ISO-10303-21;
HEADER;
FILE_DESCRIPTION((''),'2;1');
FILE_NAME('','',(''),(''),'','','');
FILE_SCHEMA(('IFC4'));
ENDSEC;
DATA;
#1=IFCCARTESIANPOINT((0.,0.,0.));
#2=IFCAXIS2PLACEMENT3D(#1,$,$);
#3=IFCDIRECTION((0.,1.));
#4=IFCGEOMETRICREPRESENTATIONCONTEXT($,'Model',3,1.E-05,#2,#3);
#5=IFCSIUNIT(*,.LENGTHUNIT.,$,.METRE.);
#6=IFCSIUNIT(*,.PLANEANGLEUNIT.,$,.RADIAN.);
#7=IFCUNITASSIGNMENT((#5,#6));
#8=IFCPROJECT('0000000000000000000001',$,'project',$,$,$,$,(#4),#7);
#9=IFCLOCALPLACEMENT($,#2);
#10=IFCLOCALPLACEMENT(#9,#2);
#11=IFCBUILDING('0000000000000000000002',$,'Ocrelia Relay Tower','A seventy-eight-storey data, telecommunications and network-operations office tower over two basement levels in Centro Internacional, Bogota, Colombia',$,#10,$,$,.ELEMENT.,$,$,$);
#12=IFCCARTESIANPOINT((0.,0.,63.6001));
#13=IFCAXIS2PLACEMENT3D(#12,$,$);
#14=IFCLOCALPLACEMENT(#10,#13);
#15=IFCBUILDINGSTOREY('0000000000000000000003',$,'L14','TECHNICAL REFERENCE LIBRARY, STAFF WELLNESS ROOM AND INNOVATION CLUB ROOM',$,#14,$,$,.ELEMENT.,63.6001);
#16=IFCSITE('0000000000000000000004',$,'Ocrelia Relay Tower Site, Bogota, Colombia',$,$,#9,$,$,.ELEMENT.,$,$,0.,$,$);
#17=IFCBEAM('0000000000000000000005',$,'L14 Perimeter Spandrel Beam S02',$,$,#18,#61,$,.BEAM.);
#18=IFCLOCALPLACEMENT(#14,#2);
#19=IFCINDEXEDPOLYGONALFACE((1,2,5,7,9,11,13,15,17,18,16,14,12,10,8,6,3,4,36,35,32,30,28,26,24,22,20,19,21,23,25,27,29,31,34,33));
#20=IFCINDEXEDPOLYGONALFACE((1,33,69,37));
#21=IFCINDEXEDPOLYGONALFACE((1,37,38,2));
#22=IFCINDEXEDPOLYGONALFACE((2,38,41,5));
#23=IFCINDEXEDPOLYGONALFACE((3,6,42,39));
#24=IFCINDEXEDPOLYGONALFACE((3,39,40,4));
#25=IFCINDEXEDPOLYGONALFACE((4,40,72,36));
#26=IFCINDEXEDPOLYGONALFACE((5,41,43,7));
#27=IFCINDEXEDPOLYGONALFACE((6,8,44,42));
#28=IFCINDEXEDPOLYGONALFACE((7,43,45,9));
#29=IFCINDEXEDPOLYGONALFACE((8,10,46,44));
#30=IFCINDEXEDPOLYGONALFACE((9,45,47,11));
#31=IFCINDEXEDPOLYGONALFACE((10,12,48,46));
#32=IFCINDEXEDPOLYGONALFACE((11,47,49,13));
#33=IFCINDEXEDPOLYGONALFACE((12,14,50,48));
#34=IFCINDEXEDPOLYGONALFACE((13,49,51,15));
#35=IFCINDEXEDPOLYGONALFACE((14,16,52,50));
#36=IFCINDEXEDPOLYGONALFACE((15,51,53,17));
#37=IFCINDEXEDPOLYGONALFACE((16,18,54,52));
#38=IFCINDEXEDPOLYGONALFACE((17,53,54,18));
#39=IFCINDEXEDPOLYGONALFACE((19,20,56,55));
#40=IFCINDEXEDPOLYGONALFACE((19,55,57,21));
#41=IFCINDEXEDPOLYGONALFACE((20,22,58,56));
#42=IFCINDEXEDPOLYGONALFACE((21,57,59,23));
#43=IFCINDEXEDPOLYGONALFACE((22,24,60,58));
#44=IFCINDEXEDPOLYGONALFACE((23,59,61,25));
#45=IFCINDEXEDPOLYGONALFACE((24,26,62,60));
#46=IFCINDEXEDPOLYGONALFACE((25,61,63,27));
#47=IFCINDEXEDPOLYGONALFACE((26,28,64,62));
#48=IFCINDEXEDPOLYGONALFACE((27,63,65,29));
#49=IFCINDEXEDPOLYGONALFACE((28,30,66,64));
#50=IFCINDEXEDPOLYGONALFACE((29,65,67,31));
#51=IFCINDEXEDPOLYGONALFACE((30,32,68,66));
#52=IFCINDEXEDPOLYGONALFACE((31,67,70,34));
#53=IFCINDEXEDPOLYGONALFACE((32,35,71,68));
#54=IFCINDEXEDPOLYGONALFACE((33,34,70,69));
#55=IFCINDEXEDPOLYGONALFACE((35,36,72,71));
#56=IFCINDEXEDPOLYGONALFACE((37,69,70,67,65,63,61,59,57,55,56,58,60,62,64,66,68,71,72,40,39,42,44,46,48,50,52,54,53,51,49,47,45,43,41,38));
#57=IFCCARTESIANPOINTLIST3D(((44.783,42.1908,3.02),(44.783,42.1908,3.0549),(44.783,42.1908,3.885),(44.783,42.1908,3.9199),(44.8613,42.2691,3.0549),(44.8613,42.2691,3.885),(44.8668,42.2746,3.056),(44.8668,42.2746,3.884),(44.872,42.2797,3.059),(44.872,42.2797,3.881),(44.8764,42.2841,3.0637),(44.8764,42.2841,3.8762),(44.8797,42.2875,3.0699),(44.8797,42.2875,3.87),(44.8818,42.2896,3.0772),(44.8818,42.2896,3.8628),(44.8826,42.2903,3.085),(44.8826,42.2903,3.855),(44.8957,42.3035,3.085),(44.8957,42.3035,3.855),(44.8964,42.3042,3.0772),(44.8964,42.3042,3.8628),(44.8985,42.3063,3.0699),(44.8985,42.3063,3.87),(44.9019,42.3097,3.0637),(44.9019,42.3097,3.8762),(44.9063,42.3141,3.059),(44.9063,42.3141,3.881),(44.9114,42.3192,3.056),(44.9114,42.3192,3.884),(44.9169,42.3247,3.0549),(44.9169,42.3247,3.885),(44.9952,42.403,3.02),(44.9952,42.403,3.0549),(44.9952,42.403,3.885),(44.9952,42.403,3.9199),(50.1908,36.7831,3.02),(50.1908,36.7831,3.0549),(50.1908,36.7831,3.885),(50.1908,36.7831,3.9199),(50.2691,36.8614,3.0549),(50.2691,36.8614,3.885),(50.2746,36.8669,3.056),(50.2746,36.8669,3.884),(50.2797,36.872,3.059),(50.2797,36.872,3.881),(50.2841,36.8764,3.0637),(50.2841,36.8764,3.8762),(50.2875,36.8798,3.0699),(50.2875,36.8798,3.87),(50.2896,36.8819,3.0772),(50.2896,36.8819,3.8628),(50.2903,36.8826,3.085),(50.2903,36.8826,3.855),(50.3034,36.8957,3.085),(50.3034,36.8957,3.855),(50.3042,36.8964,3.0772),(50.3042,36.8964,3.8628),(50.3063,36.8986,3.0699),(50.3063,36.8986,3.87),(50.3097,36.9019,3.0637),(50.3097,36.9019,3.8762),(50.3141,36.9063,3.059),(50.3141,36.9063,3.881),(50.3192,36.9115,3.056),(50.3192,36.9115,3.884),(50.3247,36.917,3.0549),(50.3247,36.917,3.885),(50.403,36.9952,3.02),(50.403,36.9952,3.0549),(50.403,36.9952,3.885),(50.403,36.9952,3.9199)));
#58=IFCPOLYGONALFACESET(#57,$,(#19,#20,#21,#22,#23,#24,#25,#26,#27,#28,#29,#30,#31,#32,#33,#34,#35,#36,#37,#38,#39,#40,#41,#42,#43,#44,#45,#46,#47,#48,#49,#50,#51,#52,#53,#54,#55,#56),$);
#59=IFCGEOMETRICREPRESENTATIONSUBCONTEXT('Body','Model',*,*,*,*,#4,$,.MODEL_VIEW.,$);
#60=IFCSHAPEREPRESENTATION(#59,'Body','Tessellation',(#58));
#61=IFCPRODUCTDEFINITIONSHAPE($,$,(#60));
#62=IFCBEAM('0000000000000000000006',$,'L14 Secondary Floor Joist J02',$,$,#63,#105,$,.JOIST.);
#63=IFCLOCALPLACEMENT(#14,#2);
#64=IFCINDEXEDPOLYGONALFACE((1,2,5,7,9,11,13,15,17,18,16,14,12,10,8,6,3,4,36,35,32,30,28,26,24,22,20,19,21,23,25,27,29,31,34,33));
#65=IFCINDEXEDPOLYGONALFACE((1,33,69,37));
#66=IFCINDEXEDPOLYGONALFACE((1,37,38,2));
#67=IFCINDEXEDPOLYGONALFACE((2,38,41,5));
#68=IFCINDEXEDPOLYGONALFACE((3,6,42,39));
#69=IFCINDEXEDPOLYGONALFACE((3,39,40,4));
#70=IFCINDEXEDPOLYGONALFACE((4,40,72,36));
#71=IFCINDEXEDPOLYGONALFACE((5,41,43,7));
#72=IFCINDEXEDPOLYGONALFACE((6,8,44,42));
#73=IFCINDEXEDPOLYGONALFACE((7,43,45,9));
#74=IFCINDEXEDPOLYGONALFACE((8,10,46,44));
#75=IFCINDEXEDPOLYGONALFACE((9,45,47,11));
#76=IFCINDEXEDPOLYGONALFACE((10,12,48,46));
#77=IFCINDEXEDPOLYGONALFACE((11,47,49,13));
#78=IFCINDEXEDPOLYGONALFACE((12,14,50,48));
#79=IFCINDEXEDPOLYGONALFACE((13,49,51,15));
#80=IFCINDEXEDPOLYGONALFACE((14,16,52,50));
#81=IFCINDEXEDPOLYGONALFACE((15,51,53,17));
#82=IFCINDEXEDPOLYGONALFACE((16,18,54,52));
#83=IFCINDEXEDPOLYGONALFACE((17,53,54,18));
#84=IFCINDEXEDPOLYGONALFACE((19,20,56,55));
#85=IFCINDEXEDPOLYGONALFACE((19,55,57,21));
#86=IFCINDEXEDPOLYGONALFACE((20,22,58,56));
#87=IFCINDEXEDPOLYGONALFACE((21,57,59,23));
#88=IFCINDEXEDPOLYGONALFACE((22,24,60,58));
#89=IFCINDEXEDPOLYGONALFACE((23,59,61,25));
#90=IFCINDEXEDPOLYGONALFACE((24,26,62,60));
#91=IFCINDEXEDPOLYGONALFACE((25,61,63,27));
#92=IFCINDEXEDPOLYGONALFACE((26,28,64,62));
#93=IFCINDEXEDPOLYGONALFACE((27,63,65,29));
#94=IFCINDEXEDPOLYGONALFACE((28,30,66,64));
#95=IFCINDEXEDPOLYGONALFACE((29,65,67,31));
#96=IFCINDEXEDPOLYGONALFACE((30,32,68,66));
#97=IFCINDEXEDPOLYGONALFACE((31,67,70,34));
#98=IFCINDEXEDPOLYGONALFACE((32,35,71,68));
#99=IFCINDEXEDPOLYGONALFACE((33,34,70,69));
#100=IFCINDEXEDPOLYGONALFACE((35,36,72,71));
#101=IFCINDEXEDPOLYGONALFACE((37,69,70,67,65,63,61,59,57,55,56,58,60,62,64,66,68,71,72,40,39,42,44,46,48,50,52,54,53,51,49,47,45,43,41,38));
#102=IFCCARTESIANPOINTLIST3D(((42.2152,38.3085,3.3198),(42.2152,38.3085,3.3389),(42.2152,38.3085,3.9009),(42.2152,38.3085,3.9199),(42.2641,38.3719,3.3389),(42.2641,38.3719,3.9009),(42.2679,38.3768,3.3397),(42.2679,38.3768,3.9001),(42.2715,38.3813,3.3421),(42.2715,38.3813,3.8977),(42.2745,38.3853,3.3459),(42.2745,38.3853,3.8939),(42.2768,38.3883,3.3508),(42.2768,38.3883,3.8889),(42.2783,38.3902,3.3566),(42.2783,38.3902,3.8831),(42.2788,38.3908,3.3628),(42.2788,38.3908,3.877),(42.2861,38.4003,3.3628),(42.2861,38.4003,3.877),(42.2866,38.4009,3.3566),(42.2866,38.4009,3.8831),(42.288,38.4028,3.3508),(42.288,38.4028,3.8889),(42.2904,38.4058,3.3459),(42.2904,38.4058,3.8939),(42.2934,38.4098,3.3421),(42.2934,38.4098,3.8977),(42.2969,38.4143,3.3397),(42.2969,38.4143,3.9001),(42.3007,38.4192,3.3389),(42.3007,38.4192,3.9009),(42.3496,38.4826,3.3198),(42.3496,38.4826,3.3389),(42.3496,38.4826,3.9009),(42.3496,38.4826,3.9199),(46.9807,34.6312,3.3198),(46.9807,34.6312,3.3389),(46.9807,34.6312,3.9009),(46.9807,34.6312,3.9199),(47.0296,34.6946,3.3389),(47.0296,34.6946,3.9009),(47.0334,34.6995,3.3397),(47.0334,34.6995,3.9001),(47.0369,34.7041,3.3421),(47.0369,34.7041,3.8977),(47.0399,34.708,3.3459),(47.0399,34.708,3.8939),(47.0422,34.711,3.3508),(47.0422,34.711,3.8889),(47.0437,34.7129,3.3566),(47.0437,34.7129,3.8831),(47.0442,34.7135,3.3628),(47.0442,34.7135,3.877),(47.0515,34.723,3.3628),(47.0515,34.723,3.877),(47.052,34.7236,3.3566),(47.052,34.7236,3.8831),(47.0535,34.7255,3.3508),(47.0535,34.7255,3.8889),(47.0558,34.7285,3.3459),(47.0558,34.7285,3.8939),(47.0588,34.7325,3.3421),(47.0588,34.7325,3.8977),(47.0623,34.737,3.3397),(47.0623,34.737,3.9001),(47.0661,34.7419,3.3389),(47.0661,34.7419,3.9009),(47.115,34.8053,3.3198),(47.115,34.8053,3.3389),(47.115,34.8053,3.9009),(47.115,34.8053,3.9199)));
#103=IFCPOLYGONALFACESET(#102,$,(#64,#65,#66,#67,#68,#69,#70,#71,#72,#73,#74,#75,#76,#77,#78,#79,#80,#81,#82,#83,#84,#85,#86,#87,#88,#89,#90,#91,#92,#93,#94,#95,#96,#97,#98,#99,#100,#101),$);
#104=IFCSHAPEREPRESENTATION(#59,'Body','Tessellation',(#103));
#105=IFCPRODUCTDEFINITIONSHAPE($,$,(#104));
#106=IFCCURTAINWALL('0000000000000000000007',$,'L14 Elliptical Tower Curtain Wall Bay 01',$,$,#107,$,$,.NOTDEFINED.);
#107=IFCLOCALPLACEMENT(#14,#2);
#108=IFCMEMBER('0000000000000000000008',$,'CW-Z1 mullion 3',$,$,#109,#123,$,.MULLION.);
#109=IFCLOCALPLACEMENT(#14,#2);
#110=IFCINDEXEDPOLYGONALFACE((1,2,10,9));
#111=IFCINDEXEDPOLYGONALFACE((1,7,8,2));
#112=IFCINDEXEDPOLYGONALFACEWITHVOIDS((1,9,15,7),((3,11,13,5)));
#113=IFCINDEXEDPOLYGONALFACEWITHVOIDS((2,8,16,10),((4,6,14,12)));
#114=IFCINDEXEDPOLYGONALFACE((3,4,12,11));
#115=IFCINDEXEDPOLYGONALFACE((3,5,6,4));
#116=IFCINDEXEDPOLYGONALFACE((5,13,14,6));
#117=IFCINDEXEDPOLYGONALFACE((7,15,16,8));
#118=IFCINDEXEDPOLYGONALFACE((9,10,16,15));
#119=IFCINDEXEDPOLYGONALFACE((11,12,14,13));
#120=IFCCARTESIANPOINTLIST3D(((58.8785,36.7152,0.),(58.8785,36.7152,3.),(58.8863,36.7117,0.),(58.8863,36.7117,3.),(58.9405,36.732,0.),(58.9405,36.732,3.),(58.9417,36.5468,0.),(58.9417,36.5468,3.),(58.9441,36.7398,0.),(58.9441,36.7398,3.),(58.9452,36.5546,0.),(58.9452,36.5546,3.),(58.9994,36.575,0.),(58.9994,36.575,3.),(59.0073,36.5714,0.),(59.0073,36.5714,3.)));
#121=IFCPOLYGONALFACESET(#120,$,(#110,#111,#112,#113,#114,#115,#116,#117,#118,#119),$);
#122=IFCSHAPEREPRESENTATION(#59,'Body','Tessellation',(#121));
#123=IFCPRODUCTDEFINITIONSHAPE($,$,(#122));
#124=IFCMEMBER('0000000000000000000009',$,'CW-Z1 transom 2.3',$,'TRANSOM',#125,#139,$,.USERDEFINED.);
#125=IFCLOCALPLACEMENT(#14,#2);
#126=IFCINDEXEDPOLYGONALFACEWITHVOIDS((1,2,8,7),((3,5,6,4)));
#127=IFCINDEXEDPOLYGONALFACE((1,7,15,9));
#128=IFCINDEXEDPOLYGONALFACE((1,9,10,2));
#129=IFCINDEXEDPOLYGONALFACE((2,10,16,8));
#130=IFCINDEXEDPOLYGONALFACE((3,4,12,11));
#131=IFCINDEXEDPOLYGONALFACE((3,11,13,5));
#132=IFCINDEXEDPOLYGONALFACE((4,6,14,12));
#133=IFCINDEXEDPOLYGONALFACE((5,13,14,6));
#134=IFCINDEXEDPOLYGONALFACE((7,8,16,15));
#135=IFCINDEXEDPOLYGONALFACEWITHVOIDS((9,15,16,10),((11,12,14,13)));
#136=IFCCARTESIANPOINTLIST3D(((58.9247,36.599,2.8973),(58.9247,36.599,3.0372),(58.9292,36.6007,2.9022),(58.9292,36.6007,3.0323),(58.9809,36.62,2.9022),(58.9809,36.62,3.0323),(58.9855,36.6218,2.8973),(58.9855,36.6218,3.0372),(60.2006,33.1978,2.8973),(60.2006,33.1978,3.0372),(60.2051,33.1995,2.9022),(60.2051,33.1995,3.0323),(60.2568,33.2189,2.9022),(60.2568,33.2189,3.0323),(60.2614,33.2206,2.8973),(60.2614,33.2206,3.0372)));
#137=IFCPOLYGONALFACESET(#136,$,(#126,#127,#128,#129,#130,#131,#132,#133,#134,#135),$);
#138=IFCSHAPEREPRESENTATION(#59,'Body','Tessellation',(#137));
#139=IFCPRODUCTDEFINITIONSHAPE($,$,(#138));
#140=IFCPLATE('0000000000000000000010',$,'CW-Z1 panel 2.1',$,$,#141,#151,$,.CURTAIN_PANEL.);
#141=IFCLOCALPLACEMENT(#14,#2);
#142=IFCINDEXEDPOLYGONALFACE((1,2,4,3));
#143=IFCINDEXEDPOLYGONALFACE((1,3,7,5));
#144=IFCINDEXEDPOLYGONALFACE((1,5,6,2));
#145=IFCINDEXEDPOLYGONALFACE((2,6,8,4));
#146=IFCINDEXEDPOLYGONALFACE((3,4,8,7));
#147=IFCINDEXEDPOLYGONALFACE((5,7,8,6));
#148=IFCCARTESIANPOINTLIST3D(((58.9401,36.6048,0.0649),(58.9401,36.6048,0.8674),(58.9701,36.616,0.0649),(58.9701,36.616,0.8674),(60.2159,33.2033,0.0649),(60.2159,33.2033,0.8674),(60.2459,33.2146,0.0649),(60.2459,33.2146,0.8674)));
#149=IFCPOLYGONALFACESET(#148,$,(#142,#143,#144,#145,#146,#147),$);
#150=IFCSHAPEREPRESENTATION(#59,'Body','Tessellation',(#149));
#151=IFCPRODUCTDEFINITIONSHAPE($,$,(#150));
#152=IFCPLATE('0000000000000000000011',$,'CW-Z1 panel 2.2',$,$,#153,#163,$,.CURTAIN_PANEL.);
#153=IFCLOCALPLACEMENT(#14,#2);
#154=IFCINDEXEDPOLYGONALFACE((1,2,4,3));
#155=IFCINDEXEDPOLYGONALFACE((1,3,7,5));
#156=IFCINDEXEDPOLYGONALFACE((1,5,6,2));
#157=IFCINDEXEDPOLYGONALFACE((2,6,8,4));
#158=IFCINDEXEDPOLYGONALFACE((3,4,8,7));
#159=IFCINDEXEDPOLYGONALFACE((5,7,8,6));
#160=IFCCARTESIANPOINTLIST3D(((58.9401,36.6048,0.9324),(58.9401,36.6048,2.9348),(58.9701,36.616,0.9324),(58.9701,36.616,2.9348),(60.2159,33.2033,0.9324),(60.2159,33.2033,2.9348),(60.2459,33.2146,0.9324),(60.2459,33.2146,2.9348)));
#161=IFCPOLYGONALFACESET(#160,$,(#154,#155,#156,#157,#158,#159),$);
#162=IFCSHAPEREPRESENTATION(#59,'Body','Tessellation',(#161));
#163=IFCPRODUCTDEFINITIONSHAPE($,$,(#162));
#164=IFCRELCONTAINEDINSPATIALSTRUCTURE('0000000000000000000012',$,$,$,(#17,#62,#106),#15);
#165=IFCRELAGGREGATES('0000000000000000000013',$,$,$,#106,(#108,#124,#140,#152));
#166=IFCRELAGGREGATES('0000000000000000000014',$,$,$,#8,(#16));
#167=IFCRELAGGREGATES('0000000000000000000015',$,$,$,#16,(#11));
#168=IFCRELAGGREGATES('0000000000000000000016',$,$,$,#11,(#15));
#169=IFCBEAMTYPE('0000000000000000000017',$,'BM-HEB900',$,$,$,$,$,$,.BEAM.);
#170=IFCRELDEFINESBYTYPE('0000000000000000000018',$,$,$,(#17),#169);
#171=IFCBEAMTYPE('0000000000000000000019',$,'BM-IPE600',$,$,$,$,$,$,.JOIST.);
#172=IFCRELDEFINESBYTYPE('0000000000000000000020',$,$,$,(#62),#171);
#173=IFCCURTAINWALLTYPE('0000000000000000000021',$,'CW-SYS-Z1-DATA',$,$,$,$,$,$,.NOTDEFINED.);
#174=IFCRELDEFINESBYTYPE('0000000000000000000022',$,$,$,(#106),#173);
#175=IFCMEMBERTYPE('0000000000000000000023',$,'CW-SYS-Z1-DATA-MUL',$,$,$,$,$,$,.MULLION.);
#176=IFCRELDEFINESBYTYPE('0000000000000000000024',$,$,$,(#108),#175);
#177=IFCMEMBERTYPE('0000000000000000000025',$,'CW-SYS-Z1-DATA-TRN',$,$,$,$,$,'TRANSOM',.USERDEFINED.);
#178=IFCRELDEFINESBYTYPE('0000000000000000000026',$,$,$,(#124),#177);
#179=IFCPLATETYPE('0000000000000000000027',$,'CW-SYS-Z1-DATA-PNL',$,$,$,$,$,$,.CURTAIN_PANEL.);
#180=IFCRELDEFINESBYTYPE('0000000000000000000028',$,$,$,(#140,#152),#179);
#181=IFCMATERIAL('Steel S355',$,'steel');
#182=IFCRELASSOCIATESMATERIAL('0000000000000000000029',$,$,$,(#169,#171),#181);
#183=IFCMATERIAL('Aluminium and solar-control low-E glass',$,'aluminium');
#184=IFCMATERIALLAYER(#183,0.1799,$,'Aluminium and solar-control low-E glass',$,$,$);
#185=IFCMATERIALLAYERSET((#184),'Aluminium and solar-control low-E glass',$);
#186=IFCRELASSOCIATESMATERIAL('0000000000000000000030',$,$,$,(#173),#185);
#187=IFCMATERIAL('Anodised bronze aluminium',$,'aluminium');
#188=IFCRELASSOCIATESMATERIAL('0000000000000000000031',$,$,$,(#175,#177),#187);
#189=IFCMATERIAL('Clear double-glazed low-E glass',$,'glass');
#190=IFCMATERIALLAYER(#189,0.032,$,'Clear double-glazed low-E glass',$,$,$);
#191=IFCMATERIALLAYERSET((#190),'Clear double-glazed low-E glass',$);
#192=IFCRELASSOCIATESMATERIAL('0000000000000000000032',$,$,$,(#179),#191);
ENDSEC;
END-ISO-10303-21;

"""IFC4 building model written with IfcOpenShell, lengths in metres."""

from ifc_helpers import new_model, si_unit, direction, frame, origin, origin_2d, place, context, subcontext, project, spatial, rectangle, hollow_rectangle, i_section, extrude, material, layer, layer_set, material_profile, profile_set, type_object, element, aggregate, save


model = new_model("IFC4")

# Units and contexts
model_context = context("Model", 3, precision=1e-05, world=origin(), true_north=direction((0.0, 1.0)))
body_context = subcontext(model_context, "Body", "Model", "MODEL_VIEW")
ifc_project = project(units=[si_unit("LENGTHUNIT", "METRE"), si_unit("PLANEANGLEUNIT", "RADIAN")], contexts=[model_context])

# Site, building, storey
site_placement = place(None, origin())
site = spatial("IfcSite", under=ifc_project, at=site_placement, Name="Ocrelia Relay Tower Site, Bogota, Colombia", CompositionType="ELEMENT", RefElevation=0.0)
building_placement = place(site_placement, origin())
building = spatial("IfcBuilding", under=site, at=building_placement, Name="Ocrelia Relay Tower", Description="A seventy-eight-storey data, telecommunications and network-operations office tower over two basement levels in Centro Internacional, Bogota, Colombia", CompositionType="ELEMENT")
storey_placement = place(building_placement, frame((0.0, 0.0, 63.6001)))
storey = spatial("IfcBuildingStorey", under=building, at=storey_placement, Name="L14", Description="TECHNICAL REFERENCE LIBRARY, STAFF WELLNESS ROOM AND INNOVATION CLUB ROOM", CompositionType="ELEMENT", Elevation=63.6001)

# Beams
ifc_material_1 = material(Name="Steel S355", Category="steel")
ifc_material_profile_1 = material_profile(ifc_material_1, i_section(OverallWidth=0.3, OverallDepth=0.8999, WebThickness=0.0186, FlangeThickness=0.0349, FilletRadius=0.03, at=origin_2d()), Name="HEB 900")
ifc_profile_set_1 = profile_set([ifc_material_profile_1], Name="Steel S355")
beam_type_1 = type_object("IfcBeamType", Name="BM-HEB900", PredefinedType="BEAM", material=ifc_profile_set_1)
beam_1_placement = place(storey_placement, frame((50.2969, 36.8892, 3.47), z_axis=(-0.707107, 0.707107, 0.0), x_axis=(-0.707107, -0.707107, 0.0)))
element("IfcBeam", 1, at=beam_1_placement, inside=storey, type_object=beam_type_1, Name="L14 Perimeter Spandrel Beam S02", PredefinedType="BEAM", context=body_context, shape_type="SweptSolid", body=[
    extrude(i_section(OverallWidth=0.3, OverallDepth=0.8999, WebThickness=0.0186, FlangeThickness=0.0349, FilletRadius=0.03, at=origin_2d()), origin(), (0.0, 0.0, 1.0), 7.6477),
])
ifc_material_profile_2 = material_profile(ifc_material_1, i_section(OverallWidth=0.22, OverallDepth=0.6001, WebThickness=0.012, FlangeThickness=0.019, FilletRadius=0.0239, at=origin_2d()), Name="IPE 600")
ifc_profile_set_2 = profile_set([ifc_material_profile_2], Name="Steel S355")
beam_type_2 = type_object("IfcBeamType", Name="BM-IPE600", PredefinedType="JOIST", material=ifc_profile_set_2)
beam_2_placement = place(storey_placement, frame((47.0479, 34.7183, 3.6199), z_axis=(-0.791694, 0.610918, 0.0), x_axis=(-0.610918, -0.791694, 0.0)))
element("IfcBeam", 2, at=beam_2_placement, inside=storey, type_object=beam_type_2, Name="L14 Secondary Floor Joist J02", PredefinedType="JOIST", context=body_context, shape_type="SweptSolid", body=[
    extrude(i_section(OverallWidth=0.22, OverallDepth=0.6001, WebThickness=0.012, FlangeThickness=0.019, FilletRadius=0.0239, at=origin_2d()), origin(), (0.0, 0.0, 1.0), 6.0193),
])

# Curtain wall, members, plates
ifc_material_2 = material(Name="Aluminium and solar-control low-E glass", Category="aluminium")
ifc_layer_1 = layer(ifc_material_2, 0.1799, Name="Aluminium and solar-control low-E glass")
ifc_layer_set_1 = layer_set([ifc_layer_1], Name="Aluminium and solar-control low-E glass")
curtain_wall_type = type_object("IfcCurtainWallType", Name="CW-SYS-Z1-DATA", PredefinedType="NOTDEFINED", material=ifc_layer_set_1)
curtain_wall_placement = place(storey_placement, origin())
curtain_wall = element("IfcCurtainWall", 3, at=curtain_wall_placement, inside=storey, type_object=curtain_wall_type, Name="L14 Elliptical Tower Curtain Wall Bay 01", PredefinedType="NOTDEFINED")
ifc_material_3 = material(Name="Anodised bronze aluminium", Category="aluminium")
ifc_material_profile_3 = material_profile(ifc_material_3, hollow_rectangle(XDim=0.0701, YDim=0.1799, WallThickness=0.0061, at=origin_2d()), Name="CW-MUL-180x70")
ifc_profile_set_3 = profile_set([ifc_material_profile_3], Name="Anodised bronze aluminium")
member_type_1 = type_object("IfcMemberType", Name="CW-SYS-Z1-DATA-MUL", PredefinedType="MULLION", material=ifc_profile_set_3)
member_1_placement = place(storey_placement, frame((58.9429, 36.6433, 0.0), z_axis=(0.0, 0.0, 1.0), x_axis=(-0.936304, -0.351189, 0.0)))
member_1 = element("IfcMember", 4, at=member_1_placement, type_object=member_type_1, Name="CW-Z1 mullion 3", PredefinedType="MULLION", context=body_context, shape_type="SweptSolid", body=[
    extrude(hollow_rectangle(XDim=0.0701, YDim=0.1799, WallThickness=0.0061, at=origin_2d()), origin(), (0.0, 0.0, 1.0), 3.0),
])
ifc_material_profile_4 = material_profile(ifc_material_3, hollow_rectangle(XDim=0.0649, YDim=0.1399, WallThickness=0.0049, at=origin_2d()), Name="CW-TRN-140x65")
ifc_profile_set_4 = profile_set([ifc_material_profile_4], Name="Anodised bronze aluminium")
member_type_2 = type_object("IfcMemberType", Name="CW-SYS-Z1-DATA-TRN", ElementType="TRANSOM", PredefinedType="USERDEFINED", material=ifc_profile_set_4)
member_2_placement = place(storey_placement, frame((60.231, 33.2092, 2.9673), z_axis=(-0.351234, 0.936288, 0.0), x_axis=(-0.936288, -0.351234, 0.0)))
member_2 = element("IfcMember", 5, at=member_2_placement, type_object=member_type_2, Name="CW-Z1 transom 2.3", ObjectType="TRANSOM", PredefinedType="USERDEFINED", context=body_context, shape_type="SweptSolid", body=[
    extrude(hollow_rectangle(XDim=0.0649, YDim=0.1399, WallThickness=0.0049, at=origin_2d()), origin(), (0.0, 0.0, 1.0), 3.6326),
])
ifc_material_4 = material(Name="Clear double-glazed low-E glass", Category="glass")
ifc_layer_2 = layer(ifc_material_4, 0.032, Name="Clear double-glazed low-E glass")
ifc_layer_set_2 = layer_set([ifc_layer_2], Name="Clear double-glazed low-E glass")
plate_type = type_object("IfcPlateType", Name="CW-SYS-Z1-DATA-PNL", PredefinedType="CURTAIN_PANEL", material=ifc_layer_set_2)
plate_1_placement = place(storey_placement, frame((59.593, 34.9097, 0.0649), z_axis=(0.0, 0.0, 1.0), x_axis=(-0.351189, 0.936304, 0.0)))
plate_1 = element("IfcPlate", 6, at=plate_1_placement, type_object=plate_type, Name="CW-Z1 panel 2.1", PredefinedType="CURTAIN_PANEL", context=body_context, shape_type="SweptSolid", body=[
    extrude(rectangle(XDim=3.6328, YDim=0.032, at=origin_2d()), origin(), (0.0, 0.0, 1.0), 0.8025),
])
plate_2_placement = place(storey_placement, frame((59.593, 34.9097, 0.9324), z_axis=(0.0, 0.0, 1.0), x_axis=(-0.351189, 0.936304, 0.0)))
plate_2 = element("IfcPlate", 7, at=plate_2_placement, type_object=plate_type, Name="CW-Z1 panel 2.2", PredefinedType="CURTAIN_PANEL", context=body_context, shape_type="SweptSolid", body=[
    extrude(rectangle(XDim=3.6328, YDim=0.032, at=origin_2d()), origin(), (0.0, 0.0, 1.0), 2.0024),
])
aggregate(curtain_wall, [member_1, member_2, plate_1, plate_2])

save(model, "model.ifc")
